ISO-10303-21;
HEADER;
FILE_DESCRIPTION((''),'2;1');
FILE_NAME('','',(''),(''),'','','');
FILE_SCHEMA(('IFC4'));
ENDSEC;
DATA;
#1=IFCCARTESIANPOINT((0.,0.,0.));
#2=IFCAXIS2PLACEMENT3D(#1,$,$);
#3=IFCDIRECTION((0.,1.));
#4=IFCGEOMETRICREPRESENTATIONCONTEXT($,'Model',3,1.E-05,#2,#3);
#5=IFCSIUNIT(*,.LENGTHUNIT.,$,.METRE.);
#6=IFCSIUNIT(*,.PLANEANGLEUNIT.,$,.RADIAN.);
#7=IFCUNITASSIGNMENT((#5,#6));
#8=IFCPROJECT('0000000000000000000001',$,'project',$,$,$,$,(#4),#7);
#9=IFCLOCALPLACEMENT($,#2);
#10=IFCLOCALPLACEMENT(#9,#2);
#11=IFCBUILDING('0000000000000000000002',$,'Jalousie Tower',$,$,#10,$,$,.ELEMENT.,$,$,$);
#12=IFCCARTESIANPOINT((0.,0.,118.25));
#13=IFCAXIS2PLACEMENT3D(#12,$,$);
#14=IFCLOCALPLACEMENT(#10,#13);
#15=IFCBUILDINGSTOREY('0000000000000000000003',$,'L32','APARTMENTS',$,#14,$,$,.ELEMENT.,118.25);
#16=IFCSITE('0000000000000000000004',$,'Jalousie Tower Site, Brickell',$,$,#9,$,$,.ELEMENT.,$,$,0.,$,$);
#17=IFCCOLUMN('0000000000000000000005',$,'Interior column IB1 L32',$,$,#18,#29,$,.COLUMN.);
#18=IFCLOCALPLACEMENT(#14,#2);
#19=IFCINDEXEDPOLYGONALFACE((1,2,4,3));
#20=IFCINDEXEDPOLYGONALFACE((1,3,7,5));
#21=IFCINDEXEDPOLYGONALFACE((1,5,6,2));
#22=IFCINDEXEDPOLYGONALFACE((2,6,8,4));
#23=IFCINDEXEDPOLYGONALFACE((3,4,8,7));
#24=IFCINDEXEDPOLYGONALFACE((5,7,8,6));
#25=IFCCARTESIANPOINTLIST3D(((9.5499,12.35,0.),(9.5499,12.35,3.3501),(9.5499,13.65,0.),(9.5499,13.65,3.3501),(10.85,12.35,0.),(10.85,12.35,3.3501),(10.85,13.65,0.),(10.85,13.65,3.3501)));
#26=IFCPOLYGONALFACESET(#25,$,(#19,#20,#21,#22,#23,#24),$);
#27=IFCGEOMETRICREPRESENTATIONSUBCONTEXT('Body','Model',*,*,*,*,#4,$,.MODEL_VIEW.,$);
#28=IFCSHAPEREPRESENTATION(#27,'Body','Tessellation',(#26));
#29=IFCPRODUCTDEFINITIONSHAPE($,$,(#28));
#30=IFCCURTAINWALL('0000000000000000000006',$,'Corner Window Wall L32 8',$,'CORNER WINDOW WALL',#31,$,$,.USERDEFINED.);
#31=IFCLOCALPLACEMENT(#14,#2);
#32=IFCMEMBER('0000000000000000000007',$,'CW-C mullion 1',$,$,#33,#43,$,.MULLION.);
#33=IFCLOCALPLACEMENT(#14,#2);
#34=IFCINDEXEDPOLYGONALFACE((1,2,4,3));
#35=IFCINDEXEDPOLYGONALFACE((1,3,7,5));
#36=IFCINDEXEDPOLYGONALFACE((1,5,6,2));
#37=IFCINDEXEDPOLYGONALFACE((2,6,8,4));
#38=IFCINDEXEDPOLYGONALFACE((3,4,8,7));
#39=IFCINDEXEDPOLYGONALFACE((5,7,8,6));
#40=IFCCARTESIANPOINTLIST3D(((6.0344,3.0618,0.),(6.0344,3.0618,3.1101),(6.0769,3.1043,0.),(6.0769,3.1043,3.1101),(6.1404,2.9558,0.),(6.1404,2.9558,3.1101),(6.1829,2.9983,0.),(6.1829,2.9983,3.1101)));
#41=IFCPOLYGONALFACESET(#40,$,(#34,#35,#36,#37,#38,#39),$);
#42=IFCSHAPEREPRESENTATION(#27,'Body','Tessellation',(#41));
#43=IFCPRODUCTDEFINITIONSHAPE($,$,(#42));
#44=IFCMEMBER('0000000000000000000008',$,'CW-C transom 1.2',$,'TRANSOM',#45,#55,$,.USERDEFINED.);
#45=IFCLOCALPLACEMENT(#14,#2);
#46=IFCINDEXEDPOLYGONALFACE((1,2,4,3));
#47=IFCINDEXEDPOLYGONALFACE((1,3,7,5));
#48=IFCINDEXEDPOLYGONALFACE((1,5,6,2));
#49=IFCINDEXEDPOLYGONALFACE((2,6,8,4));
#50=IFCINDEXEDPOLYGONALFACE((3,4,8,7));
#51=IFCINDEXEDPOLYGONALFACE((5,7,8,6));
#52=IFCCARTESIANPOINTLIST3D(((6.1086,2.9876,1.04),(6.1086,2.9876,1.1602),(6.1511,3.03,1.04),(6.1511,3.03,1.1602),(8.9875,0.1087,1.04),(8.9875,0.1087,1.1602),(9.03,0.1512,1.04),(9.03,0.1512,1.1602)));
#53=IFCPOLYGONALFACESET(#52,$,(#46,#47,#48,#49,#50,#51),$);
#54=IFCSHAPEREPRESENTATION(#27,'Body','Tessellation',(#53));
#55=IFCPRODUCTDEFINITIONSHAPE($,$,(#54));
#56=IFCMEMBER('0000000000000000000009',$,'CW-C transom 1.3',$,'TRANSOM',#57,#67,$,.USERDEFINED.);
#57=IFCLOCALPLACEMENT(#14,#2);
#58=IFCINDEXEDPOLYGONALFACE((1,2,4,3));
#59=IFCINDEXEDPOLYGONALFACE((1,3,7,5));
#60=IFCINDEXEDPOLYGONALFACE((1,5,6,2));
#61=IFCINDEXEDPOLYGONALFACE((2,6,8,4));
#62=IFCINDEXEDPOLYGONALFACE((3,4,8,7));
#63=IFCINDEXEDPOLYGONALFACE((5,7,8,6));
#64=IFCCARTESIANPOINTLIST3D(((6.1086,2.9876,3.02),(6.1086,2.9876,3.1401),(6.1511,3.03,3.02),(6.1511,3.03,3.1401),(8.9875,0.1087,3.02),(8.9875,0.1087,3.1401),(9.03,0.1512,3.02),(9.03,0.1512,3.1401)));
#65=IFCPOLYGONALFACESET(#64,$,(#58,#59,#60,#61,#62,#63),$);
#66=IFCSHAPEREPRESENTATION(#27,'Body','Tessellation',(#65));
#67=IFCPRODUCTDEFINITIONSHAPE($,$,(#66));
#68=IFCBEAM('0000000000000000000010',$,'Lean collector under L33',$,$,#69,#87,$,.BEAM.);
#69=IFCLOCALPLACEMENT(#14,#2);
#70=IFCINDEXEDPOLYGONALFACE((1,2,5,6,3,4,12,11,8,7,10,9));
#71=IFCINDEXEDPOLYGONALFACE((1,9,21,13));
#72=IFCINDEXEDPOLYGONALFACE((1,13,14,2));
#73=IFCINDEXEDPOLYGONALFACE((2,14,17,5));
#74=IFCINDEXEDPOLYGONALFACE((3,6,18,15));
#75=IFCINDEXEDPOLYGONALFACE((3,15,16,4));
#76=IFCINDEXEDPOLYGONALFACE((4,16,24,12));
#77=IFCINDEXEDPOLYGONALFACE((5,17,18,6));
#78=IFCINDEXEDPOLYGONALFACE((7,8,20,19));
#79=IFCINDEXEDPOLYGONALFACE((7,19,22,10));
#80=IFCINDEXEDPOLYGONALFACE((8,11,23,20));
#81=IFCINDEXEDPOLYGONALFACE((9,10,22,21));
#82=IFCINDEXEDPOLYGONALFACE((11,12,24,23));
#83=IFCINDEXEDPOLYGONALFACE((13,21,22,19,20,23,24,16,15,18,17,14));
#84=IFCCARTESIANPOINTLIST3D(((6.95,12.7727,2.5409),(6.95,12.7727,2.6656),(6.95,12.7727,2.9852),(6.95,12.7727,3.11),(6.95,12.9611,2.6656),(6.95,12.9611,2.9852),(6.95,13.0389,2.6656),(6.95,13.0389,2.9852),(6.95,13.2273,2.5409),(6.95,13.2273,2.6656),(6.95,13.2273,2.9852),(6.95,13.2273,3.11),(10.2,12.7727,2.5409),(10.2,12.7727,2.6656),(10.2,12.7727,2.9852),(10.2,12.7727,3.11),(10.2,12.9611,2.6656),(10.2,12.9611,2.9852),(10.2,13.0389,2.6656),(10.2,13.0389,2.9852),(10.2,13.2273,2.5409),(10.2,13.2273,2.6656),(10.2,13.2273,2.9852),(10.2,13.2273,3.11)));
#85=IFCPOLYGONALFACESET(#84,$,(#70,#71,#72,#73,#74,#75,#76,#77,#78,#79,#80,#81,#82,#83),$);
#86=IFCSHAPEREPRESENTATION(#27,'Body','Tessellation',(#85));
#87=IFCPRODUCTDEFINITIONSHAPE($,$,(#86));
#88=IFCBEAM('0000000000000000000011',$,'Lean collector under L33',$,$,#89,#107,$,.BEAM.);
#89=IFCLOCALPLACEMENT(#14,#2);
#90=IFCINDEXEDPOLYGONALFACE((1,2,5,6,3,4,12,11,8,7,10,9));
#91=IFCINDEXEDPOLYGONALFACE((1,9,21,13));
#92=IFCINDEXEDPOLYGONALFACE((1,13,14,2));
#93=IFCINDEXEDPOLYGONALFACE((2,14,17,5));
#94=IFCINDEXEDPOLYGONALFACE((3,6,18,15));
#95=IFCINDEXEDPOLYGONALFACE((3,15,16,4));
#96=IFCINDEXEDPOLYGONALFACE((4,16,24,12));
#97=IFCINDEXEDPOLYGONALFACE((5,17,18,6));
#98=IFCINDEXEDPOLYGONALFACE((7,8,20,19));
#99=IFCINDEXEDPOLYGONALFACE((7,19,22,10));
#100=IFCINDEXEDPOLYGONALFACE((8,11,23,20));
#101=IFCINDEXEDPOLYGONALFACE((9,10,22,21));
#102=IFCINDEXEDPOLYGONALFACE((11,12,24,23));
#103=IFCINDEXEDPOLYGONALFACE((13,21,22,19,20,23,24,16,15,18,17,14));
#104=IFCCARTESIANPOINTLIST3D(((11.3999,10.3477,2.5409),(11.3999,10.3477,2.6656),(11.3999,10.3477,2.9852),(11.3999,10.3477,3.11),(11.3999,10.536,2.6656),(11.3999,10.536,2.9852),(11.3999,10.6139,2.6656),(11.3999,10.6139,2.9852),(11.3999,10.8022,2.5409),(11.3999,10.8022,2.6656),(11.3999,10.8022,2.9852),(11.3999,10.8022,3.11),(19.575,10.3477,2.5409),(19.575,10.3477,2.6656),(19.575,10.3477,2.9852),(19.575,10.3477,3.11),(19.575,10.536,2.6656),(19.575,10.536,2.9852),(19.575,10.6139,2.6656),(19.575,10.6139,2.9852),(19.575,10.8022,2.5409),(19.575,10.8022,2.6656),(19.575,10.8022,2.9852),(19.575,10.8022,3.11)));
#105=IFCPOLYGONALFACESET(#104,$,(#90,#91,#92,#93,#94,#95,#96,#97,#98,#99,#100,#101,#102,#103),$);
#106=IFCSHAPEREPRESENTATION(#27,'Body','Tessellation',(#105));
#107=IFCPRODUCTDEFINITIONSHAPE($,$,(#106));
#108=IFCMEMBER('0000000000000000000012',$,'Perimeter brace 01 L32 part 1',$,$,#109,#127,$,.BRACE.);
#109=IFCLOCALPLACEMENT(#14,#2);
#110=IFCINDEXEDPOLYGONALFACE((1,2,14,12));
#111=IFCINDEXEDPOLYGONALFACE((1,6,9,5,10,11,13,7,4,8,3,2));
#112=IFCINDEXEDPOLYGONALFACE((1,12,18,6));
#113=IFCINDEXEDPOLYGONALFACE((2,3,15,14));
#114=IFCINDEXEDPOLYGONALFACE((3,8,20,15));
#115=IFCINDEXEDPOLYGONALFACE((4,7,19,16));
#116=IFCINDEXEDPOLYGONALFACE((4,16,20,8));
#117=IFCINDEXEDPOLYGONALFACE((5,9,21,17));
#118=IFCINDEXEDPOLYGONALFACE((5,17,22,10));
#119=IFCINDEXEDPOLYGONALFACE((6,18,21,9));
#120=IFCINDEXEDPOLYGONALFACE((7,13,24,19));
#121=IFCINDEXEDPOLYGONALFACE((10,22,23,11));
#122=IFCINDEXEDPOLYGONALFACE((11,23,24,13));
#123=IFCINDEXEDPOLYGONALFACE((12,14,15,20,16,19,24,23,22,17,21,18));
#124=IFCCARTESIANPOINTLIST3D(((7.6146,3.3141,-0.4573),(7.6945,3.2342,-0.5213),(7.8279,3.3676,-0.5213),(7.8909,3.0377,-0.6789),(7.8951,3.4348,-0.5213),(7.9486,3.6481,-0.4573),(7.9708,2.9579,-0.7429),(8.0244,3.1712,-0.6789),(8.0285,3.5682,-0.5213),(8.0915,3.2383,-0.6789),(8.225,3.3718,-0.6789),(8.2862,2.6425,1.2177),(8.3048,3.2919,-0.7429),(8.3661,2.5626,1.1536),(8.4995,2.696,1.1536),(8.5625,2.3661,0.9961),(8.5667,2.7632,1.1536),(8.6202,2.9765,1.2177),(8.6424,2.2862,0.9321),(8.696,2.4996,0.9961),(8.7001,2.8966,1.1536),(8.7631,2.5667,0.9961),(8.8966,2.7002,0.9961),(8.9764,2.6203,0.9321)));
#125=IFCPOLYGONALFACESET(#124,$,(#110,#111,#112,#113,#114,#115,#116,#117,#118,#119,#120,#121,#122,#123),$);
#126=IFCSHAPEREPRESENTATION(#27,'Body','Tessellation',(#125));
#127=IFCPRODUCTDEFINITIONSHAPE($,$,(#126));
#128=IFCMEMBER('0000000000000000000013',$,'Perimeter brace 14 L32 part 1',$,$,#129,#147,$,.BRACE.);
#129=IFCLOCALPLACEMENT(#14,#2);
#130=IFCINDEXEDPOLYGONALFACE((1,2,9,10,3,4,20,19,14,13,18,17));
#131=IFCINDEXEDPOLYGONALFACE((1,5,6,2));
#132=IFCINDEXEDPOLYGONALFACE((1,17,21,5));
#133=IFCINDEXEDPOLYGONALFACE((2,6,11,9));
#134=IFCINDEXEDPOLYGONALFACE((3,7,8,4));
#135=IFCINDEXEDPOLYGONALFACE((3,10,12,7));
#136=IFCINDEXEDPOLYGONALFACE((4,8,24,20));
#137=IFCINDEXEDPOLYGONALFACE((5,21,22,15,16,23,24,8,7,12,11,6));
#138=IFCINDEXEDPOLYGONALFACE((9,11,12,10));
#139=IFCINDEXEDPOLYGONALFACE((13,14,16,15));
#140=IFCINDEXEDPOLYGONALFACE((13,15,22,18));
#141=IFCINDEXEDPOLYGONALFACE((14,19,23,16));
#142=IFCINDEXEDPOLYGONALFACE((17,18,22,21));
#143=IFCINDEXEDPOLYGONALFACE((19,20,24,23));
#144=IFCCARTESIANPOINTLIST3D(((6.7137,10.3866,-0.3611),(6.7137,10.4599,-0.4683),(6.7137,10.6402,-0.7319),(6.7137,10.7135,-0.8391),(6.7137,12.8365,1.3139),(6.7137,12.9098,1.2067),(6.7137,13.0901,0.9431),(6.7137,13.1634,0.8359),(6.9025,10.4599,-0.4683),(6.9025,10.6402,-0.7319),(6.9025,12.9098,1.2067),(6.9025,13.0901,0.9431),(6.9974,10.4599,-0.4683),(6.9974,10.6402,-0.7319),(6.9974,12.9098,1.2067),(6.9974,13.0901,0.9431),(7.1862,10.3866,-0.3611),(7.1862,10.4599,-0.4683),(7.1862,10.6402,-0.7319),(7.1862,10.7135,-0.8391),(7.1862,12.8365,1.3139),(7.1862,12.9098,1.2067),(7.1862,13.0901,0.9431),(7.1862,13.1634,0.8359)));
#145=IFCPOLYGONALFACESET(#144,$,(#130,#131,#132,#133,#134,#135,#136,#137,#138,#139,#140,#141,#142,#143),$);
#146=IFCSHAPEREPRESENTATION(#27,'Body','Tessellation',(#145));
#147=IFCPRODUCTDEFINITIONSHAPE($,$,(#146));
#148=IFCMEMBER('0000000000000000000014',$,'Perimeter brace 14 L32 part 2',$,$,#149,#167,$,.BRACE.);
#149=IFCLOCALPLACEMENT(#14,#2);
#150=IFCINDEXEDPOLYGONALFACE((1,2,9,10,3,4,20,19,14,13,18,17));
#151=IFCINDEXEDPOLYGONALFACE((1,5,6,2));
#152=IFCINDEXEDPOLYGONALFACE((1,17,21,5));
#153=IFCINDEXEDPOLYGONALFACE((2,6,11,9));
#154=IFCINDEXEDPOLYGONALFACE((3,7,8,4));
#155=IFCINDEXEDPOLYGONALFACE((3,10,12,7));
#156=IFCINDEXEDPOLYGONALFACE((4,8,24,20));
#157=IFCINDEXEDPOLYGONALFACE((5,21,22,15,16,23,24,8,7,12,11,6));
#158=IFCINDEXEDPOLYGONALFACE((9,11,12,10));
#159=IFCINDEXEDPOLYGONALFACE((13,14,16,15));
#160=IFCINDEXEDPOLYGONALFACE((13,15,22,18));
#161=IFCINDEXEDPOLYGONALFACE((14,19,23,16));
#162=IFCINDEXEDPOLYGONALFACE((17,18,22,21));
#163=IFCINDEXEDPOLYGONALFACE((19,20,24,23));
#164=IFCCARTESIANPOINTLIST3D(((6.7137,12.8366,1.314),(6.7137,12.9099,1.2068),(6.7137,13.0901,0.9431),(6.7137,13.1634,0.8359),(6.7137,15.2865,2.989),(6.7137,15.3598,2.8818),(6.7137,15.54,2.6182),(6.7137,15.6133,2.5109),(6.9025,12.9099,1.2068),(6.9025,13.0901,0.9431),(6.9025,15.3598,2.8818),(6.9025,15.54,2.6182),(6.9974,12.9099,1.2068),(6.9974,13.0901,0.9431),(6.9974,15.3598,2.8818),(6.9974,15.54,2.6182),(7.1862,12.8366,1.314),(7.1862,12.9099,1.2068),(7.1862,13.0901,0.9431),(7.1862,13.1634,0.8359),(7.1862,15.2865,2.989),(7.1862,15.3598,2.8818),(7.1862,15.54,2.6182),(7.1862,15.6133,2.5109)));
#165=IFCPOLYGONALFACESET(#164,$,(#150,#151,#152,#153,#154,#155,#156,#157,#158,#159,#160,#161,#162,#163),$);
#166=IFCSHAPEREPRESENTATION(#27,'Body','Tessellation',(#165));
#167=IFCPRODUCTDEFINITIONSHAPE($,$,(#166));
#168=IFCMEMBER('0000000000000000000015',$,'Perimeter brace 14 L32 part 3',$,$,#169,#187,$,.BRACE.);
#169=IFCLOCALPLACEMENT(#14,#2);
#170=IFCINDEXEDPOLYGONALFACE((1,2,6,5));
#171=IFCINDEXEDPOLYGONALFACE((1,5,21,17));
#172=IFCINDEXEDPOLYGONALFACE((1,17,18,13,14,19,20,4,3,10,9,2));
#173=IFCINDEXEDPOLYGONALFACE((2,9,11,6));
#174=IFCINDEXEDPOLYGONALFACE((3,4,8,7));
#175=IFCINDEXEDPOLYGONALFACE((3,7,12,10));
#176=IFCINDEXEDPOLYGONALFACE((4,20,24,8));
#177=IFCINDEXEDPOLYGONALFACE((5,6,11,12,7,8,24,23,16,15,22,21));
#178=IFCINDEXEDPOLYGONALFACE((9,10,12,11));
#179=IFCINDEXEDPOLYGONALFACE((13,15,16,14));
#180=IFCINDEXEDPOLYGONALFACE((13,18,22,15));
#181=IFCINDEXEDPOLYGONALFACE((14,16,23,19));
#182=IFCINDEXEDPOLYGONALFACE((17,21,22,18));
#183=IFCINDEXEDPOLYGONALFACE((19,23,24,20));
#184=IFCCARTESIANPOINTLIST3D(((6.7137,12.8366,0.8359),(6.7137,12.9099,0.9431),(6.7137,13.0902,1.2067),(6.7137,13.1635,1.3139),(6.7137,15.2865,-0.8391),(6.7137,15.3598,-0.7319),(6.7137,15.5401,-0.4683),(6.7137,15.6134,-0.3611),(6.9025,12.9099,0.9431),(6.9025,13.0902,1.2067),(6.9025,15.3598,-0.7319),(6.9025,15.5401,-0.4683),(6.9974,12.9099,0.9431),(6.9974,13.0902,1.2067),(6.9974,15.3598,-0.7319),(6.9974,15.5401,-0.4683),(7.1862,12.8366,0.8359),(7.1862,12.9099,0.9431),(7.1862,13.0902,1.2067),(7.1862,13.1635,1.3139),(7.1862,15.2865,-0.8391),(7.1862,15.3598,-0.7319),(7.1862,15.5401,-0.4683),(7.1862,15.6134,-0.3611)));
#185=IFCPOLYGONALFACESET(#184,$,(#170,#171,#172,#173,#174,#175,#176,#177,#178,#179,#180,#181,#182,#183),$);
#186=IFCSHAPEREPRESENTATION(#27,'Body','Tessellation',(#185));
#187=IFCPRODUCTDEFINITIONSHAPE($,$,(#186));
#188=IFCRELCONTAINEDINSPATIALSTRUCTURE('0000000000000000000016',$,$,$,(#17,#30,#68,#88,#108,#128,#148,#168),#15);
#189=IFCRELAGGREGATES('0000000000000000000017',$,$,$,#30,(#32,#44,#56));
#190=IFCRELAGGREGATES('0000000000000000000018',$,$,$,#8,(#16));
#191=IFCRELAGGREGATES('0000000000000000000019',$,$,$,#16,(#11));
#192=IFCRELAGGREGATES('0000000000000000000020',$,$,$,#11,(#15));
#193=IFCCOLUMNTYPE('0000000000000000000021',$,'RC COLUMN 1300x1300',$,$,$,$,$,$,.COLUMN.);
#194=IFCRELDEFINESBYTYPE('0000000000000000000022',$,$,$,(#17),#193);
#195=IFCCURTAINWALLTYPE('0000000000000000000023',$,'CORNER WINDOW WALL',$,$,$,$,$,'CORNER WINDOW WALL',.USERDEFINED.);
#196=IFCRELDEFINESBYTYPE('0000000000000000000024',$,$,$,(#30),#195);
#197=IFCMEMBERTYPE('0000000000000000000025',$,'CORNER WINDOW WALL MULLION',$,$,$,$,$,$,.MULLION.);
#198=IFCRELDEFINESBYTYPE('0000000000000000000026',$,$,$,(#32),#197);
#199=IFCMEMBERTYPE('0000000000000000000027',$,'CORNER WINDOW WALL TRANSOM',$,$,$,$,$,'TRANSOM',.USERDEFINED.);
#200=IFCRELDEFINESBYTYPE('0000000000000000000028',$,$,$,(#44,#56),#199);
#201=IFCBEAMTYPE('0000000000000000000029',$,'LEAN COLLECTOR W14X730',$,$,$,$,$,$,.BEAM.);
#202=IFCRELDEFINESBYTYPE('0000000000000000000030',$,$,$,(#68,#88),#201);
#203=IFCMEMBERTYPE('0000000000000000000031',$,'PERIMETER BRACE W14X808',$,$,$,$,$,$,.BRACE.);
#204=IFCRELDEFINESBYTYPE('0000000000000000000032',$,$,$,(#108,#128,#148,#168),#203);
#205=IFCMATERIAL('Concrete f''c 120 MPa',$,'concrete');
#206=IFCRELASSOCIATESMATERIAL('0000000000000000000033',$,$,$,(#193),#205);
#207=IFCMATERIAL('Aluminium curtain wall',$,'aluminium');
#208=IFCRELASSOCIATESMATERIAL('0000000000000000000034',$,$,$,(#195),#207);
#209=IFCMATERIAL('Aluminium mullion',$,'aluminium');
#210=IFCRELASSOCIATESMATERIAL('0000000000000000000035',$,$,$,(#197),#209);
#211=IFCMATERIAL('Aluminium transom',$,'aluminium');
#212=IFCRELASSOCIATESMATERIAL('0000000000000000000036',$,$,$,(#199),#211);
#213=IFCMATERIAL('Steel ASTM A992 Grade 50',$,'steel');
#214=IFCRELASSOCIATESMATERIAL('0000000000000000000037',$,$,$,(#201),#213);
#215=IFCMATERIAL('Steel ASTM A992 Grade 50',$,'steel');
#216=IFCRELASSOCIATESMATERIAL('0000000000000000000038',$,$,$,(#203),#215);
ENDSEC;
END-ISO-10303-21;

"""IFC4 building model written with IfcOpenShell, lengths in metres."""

from ifc_helpers import new_model, si_unit, direction, frame, origin, origin_2d, place, context, subcontext, project, spatial, rectangle, i_section, extrude, material, material_profile, profile_set, type_object, element, aggregate, save


model = new_model("IFC4")

# Units and contexts
model_context = context("Model", 3, precision=1e-05, world=origin(), true_north=direction((0.0, 1.0)))
body_context = subcontext(model_context, "Body", "Model", "MODEL_VIEW")
ifc_project = project(units=[si_unit("LENGTHUNIT", "METRE"), si_unit("PLANEANGLEUNIT", "RADIAN")], contexts=[model_context])

# Site, building, storey
site_placement = place(None, origin())
site = spatial("IfcSite", under=ifc_project, at=site_placement, Name="Jalousie Tower Site, Brickell", CompositionType="ELEMENT", RefElevation=0.0)
building_placement = place(site_placement, origin())
building = spatial("IfcBuilding", under=site, at=building_placement, Name="Jalousie Tower", CompositionType="ELEMENT")
storey_placement = place(building_placement, frame((0.0, 0.0, 118.25)))
storey = spatial("IfcBuildingStorey", under=building, at=storey_placement, Name="L32", Description="APARTMENTS", CompositionType="ELEMENT", Elevation=118.25)

# Column
ifc_material_1 = material(Name="Concrete f'c 120 MPa", Category="concrete")
ifc_material_profile_1 = material_profile(ifc_material_1, rectangle(XDim=1.3, YDim=1.3, at=origin_2d()), Name="RC 1300x1300")
ifc_profile_set_1 = profile_set([ifc_material_profile_1], Name="Concrete f'c 120 MPa")
column_type = type_object("IfcColumnType", Name="RC COLUMN 1300x1300", PredefinedType="COLUMN", material=ifc_profile_set_1)
column_placement = place(storey_placement, frame((10.2, 13.0, 0.0), z_axis=(0.0, 0.0, 1.0), x_axis=(1.0, 0.0, 0.0)))
element("IfcColumn", 1, at=column_placement, inside=storey, type_object=column_type, Name="Interior column IB1 L32", PredefinedType="COLUMN", context=body_context, shape_type="SweptSolid", body=[
    extrude(rectangle(XDim=1.3, YDim=1.3, at=origin_2d()), origin(), (0.0, 0.0, 1.0), 3.3501),
])

# Curtain wall, members
ifc_material_2 = material(Name="Aluminium curtain wall", Category="aluminium")
curtain_wall_type_1 = type_object("IfcCurtainWallType", Name="CORNER WINDOW WALL", ElementType="CORNER WINDOW WALL", PredefinedType="USERDEFINED", material=ifc_material_2)
curtain_wall_1_placement = place(storey_placement, origin())
curtain_wall_1 = element("IfcCurtainWall", 2, at=curtain_wall_1_placement, inside=storey, type_object=curtain_wall_type_1, Name="Corner Window Wall L32 8", ObjectType="CORNER WINDOW WALL", PredefinedType="USERDEFINED")
ifc_material_3 = material(Name="Aluminium mullion", Category="aluminium")
ifc_material_profile_2 = material_profile(ifc_material_3, rectangle(XDim=0.0601, YDim=0.1499, at=origin_2d()), Name="MULLION 60x150")
ifc_profile_set_2 = profile_set([ifc_material_profile_2], Name="Aluminium mullion")
member_type_1 = type_object("IfcMemberType", Name="CORNER WINDOW WALL MULLION", PredefinedType="MULLION", material=ifc_profile_set_2)
member_1_placement = place(storey_placement, frame((6.1086, 3.03, 0.0), z_axis=(0.0, 0.0, 1.0), x_axis=(0.707107, 0.707107, 0.0)))
member_1 = element("IfcMember", 3, at=member_1_placement, type_object=member_type_1, Name="CW-C mullion 1", PredefinedType="MULLION", context=body_context, shape_type="SweptSolid", body=[
    extrude(rectangle(XDim=0.0601, YDim=0.1499, at=origin_2d()), origin(), (0.0, 0.0, 1.0), 3.1101),
])
ifc_material_4 = material(Name="Aluminium transom", Category="aluminium")
ifc_material_profile_3 = material_profile(ifc_material_4, rectangle(XDim=0.0601, YDim=0.1201, at=origin_2d()), Name="TRANSOM 60x120")
ifc_profile_set_3 = profile_set([ifc_material_profile_3], Name="Aluminium transom")
member_type_2 = type_object("IfcMemberType", Name="CORNER WINDOW WALL TRANSOM", ElementType="TRANSOM", PredefinedType="USERDEFINED", material=ifc_profile_set_3)
member_2_placement = place(storey_placement, frame((6.1299, 3.0088, 1.1001), z_axis=(0.707107, -0.707107, 0.0), x_axis=(0.707107, 0.707107, 0.0)))
member_2 = element("IfcMember", 4, at=member_2_placement, type_object=member_type_2, Name="CW-C transom 1.2", ObjectType="TRANSOM", PredefinedType="USERDEFINED", context=body_context, shape_type="SweptSolid", body=[
    extrude(rectangle(XDim=0.0601, YDim=0.1201, at=origin_2d()), origin(), (0.0, 0.0, 1.0), 4.0713),
])
member_3_placement = place(storey_placement, frame((6.1299, 3.0088, 3.0801), z_axis=(0.707107, -0.707107, 0.0), x_axis=(0.707107, 0.707107, 0.0)))
member_3 = element("IfcMember", 5, at=member_3_placement, type_object=member_type_2, Name="CW-C transom 1.3", ObjectType="TRANSOM", PredefinedType="USERDEFINED", context=body_context, shape_type="SweptSolid", body=[
    extrude(rectangle(XDim=0.0601, YDim=0.1201, at=origin_2d()), origin(), (0.0, 0.0, 1.0), 4.0713),
])
aggregate(curtain_wall_1, [member_1, member_2, member_3])

# Beams
ifc_material_5 = material(Name="Steel ASTM A992 Grade 50", Category="steel")
ifc_material_profile_4 = material_profile(ifc_material_5, i_section(OverallWidth=0.4546, OverallDepth=0.5691, WebThickness=0.0779, FlangeThickness=0.1248, at=origin_2d()), Name="W14X730")
ifc_profile_set_4 = profile_set([ifc_material_profile_4], Name="Steel ASTM A992 Grade 50")
beam_type_1 = type_object("IfcBeamType", Name="LEAN COLLECTOR W14X730", PredefinedType="BEAM", material=ifc_profile_set_4)
beam_1_placement = place(storey_placement, frame((6.95, 13.0, 2.8254), z_axis=(1.0, 0.0, 0.0), x_axis=(0.0, 1.0, 0.0)))
element("IfcBeam", 6, at=beam_1_placement, inside=storey, type_object=beam_type_1, Name="Lean collector under L33", PredefinedType="BEAM", context=body_context, shape_type="SweptSolid", body=[
    extrude(i_section(OverallWidth=0.4546, OverallDepth=0.5691, WebThickness=0.0779, FlangeThickness=0.1248, at=origin_2d()), origin(), (0.0, 0.0, 1.0), 3.25),
])
beam_2_placement = place(storey_placement, frame((11.3999, 10.575, 2.8254), z_axis=(1.0, 0.0, 0.0), x_axis=(0.0, 1.0, 0.0)))
element("IfcBeam", 7, at=beam_2_placement, inside=storey, type_object=beam_type_1, Name="Lean collector under L33", PredefinedType="BEAM", context=body_context, shape_type="SweptSolid", body=[
    extrude(i_section(OverallWidth=0.4546, OverallDepth=0.5691, WebThickness=0.0779, FlangeThickness=0.1248, at=origin_2d()), origin(), (0.0, 0.0, 1.0), 8.175),
])

# Members
ifc_material_6 = material(Name="Steel ASTM A992 Grade 50", Category="steel")
ifc_material_profile_5 = material_profile(ifc_material_6, i_section(OverallWidth=0.4724, OverallDepth=0.5791, WebThickness=0.095, FlangeThickness=0.1299, at=origin_2d()), Name="W14X808")
ifc_profile_set_5 = profile_set([ifc_material_profile_5], Name="Steel ASTM A992 Grade 50")
member_type_3 = type_object("IfcMemberType", Name="PERIMETER BRACE W14X808", PredefinedType="BRACE", material=ifc_profile_set_5)
member_4_placement = place(storey_placement, frame((7.9597, 3.303, -0.6001), z_axis=(0.348789, -0.348789, 0.869881), x_axis=(0.707107, 0.707107, 0.0)))
element("IfcMember", 8, at=member_4_placement, inside=storey, type_object=member_type_3, Name="Perimeter brace 01 L32 part 1", PredefinedType="BRACE", context=body_context, shape_type="SweptSolid", body=[
    extrude(i_section(OverallWidth=0.4724, OverallDepth=0.5791, WebThickness=0.095, FlangeThickness=0.1299, at=origin_2d()), origin(), (0.0, 0.0, 1.0), 1.9255),
])
for number, where, z_axis, x_axis, name in (
    (9, (6.95, 10.55, -0.6001), (0.0, 0.825501, 0.564401), (-1.0, 0.0, 0.0), "Perimeter brace 14 L32 part 1"),
    (10, (6.95, 13.0, 1.075), (0.0, 0.825501, 0.564401), (-1.0, 0.0, 0.0), "Perimeter brace 14 L32 part 2"),
    (11, (6.95, 15.45, -0.6001), (0.0, -0.825501, 0.564401), (1.0, 0.0, 0.0), "Perimeter brace 14 L32 part 3"),
):
    element("IfcMember", number, at=place(storey_placement, frame(where, z_axis=z_axis, x_axis=x_axis)), inside=storey, type_object=member_type_3, Name=name, PredefinedType="BRACE", context=body_context, shape_type="SweptSolid", body=[
        extrude(i_section(OverallWidth=0.4724, OverallDepth=0.5791, WebThickness=0.095, FlangeThickness=0.1299, at=origin_2d()), origin(), (0.0, 0.0, 1.0), 2.9678),
    ])

save(model, "model.ifc")
